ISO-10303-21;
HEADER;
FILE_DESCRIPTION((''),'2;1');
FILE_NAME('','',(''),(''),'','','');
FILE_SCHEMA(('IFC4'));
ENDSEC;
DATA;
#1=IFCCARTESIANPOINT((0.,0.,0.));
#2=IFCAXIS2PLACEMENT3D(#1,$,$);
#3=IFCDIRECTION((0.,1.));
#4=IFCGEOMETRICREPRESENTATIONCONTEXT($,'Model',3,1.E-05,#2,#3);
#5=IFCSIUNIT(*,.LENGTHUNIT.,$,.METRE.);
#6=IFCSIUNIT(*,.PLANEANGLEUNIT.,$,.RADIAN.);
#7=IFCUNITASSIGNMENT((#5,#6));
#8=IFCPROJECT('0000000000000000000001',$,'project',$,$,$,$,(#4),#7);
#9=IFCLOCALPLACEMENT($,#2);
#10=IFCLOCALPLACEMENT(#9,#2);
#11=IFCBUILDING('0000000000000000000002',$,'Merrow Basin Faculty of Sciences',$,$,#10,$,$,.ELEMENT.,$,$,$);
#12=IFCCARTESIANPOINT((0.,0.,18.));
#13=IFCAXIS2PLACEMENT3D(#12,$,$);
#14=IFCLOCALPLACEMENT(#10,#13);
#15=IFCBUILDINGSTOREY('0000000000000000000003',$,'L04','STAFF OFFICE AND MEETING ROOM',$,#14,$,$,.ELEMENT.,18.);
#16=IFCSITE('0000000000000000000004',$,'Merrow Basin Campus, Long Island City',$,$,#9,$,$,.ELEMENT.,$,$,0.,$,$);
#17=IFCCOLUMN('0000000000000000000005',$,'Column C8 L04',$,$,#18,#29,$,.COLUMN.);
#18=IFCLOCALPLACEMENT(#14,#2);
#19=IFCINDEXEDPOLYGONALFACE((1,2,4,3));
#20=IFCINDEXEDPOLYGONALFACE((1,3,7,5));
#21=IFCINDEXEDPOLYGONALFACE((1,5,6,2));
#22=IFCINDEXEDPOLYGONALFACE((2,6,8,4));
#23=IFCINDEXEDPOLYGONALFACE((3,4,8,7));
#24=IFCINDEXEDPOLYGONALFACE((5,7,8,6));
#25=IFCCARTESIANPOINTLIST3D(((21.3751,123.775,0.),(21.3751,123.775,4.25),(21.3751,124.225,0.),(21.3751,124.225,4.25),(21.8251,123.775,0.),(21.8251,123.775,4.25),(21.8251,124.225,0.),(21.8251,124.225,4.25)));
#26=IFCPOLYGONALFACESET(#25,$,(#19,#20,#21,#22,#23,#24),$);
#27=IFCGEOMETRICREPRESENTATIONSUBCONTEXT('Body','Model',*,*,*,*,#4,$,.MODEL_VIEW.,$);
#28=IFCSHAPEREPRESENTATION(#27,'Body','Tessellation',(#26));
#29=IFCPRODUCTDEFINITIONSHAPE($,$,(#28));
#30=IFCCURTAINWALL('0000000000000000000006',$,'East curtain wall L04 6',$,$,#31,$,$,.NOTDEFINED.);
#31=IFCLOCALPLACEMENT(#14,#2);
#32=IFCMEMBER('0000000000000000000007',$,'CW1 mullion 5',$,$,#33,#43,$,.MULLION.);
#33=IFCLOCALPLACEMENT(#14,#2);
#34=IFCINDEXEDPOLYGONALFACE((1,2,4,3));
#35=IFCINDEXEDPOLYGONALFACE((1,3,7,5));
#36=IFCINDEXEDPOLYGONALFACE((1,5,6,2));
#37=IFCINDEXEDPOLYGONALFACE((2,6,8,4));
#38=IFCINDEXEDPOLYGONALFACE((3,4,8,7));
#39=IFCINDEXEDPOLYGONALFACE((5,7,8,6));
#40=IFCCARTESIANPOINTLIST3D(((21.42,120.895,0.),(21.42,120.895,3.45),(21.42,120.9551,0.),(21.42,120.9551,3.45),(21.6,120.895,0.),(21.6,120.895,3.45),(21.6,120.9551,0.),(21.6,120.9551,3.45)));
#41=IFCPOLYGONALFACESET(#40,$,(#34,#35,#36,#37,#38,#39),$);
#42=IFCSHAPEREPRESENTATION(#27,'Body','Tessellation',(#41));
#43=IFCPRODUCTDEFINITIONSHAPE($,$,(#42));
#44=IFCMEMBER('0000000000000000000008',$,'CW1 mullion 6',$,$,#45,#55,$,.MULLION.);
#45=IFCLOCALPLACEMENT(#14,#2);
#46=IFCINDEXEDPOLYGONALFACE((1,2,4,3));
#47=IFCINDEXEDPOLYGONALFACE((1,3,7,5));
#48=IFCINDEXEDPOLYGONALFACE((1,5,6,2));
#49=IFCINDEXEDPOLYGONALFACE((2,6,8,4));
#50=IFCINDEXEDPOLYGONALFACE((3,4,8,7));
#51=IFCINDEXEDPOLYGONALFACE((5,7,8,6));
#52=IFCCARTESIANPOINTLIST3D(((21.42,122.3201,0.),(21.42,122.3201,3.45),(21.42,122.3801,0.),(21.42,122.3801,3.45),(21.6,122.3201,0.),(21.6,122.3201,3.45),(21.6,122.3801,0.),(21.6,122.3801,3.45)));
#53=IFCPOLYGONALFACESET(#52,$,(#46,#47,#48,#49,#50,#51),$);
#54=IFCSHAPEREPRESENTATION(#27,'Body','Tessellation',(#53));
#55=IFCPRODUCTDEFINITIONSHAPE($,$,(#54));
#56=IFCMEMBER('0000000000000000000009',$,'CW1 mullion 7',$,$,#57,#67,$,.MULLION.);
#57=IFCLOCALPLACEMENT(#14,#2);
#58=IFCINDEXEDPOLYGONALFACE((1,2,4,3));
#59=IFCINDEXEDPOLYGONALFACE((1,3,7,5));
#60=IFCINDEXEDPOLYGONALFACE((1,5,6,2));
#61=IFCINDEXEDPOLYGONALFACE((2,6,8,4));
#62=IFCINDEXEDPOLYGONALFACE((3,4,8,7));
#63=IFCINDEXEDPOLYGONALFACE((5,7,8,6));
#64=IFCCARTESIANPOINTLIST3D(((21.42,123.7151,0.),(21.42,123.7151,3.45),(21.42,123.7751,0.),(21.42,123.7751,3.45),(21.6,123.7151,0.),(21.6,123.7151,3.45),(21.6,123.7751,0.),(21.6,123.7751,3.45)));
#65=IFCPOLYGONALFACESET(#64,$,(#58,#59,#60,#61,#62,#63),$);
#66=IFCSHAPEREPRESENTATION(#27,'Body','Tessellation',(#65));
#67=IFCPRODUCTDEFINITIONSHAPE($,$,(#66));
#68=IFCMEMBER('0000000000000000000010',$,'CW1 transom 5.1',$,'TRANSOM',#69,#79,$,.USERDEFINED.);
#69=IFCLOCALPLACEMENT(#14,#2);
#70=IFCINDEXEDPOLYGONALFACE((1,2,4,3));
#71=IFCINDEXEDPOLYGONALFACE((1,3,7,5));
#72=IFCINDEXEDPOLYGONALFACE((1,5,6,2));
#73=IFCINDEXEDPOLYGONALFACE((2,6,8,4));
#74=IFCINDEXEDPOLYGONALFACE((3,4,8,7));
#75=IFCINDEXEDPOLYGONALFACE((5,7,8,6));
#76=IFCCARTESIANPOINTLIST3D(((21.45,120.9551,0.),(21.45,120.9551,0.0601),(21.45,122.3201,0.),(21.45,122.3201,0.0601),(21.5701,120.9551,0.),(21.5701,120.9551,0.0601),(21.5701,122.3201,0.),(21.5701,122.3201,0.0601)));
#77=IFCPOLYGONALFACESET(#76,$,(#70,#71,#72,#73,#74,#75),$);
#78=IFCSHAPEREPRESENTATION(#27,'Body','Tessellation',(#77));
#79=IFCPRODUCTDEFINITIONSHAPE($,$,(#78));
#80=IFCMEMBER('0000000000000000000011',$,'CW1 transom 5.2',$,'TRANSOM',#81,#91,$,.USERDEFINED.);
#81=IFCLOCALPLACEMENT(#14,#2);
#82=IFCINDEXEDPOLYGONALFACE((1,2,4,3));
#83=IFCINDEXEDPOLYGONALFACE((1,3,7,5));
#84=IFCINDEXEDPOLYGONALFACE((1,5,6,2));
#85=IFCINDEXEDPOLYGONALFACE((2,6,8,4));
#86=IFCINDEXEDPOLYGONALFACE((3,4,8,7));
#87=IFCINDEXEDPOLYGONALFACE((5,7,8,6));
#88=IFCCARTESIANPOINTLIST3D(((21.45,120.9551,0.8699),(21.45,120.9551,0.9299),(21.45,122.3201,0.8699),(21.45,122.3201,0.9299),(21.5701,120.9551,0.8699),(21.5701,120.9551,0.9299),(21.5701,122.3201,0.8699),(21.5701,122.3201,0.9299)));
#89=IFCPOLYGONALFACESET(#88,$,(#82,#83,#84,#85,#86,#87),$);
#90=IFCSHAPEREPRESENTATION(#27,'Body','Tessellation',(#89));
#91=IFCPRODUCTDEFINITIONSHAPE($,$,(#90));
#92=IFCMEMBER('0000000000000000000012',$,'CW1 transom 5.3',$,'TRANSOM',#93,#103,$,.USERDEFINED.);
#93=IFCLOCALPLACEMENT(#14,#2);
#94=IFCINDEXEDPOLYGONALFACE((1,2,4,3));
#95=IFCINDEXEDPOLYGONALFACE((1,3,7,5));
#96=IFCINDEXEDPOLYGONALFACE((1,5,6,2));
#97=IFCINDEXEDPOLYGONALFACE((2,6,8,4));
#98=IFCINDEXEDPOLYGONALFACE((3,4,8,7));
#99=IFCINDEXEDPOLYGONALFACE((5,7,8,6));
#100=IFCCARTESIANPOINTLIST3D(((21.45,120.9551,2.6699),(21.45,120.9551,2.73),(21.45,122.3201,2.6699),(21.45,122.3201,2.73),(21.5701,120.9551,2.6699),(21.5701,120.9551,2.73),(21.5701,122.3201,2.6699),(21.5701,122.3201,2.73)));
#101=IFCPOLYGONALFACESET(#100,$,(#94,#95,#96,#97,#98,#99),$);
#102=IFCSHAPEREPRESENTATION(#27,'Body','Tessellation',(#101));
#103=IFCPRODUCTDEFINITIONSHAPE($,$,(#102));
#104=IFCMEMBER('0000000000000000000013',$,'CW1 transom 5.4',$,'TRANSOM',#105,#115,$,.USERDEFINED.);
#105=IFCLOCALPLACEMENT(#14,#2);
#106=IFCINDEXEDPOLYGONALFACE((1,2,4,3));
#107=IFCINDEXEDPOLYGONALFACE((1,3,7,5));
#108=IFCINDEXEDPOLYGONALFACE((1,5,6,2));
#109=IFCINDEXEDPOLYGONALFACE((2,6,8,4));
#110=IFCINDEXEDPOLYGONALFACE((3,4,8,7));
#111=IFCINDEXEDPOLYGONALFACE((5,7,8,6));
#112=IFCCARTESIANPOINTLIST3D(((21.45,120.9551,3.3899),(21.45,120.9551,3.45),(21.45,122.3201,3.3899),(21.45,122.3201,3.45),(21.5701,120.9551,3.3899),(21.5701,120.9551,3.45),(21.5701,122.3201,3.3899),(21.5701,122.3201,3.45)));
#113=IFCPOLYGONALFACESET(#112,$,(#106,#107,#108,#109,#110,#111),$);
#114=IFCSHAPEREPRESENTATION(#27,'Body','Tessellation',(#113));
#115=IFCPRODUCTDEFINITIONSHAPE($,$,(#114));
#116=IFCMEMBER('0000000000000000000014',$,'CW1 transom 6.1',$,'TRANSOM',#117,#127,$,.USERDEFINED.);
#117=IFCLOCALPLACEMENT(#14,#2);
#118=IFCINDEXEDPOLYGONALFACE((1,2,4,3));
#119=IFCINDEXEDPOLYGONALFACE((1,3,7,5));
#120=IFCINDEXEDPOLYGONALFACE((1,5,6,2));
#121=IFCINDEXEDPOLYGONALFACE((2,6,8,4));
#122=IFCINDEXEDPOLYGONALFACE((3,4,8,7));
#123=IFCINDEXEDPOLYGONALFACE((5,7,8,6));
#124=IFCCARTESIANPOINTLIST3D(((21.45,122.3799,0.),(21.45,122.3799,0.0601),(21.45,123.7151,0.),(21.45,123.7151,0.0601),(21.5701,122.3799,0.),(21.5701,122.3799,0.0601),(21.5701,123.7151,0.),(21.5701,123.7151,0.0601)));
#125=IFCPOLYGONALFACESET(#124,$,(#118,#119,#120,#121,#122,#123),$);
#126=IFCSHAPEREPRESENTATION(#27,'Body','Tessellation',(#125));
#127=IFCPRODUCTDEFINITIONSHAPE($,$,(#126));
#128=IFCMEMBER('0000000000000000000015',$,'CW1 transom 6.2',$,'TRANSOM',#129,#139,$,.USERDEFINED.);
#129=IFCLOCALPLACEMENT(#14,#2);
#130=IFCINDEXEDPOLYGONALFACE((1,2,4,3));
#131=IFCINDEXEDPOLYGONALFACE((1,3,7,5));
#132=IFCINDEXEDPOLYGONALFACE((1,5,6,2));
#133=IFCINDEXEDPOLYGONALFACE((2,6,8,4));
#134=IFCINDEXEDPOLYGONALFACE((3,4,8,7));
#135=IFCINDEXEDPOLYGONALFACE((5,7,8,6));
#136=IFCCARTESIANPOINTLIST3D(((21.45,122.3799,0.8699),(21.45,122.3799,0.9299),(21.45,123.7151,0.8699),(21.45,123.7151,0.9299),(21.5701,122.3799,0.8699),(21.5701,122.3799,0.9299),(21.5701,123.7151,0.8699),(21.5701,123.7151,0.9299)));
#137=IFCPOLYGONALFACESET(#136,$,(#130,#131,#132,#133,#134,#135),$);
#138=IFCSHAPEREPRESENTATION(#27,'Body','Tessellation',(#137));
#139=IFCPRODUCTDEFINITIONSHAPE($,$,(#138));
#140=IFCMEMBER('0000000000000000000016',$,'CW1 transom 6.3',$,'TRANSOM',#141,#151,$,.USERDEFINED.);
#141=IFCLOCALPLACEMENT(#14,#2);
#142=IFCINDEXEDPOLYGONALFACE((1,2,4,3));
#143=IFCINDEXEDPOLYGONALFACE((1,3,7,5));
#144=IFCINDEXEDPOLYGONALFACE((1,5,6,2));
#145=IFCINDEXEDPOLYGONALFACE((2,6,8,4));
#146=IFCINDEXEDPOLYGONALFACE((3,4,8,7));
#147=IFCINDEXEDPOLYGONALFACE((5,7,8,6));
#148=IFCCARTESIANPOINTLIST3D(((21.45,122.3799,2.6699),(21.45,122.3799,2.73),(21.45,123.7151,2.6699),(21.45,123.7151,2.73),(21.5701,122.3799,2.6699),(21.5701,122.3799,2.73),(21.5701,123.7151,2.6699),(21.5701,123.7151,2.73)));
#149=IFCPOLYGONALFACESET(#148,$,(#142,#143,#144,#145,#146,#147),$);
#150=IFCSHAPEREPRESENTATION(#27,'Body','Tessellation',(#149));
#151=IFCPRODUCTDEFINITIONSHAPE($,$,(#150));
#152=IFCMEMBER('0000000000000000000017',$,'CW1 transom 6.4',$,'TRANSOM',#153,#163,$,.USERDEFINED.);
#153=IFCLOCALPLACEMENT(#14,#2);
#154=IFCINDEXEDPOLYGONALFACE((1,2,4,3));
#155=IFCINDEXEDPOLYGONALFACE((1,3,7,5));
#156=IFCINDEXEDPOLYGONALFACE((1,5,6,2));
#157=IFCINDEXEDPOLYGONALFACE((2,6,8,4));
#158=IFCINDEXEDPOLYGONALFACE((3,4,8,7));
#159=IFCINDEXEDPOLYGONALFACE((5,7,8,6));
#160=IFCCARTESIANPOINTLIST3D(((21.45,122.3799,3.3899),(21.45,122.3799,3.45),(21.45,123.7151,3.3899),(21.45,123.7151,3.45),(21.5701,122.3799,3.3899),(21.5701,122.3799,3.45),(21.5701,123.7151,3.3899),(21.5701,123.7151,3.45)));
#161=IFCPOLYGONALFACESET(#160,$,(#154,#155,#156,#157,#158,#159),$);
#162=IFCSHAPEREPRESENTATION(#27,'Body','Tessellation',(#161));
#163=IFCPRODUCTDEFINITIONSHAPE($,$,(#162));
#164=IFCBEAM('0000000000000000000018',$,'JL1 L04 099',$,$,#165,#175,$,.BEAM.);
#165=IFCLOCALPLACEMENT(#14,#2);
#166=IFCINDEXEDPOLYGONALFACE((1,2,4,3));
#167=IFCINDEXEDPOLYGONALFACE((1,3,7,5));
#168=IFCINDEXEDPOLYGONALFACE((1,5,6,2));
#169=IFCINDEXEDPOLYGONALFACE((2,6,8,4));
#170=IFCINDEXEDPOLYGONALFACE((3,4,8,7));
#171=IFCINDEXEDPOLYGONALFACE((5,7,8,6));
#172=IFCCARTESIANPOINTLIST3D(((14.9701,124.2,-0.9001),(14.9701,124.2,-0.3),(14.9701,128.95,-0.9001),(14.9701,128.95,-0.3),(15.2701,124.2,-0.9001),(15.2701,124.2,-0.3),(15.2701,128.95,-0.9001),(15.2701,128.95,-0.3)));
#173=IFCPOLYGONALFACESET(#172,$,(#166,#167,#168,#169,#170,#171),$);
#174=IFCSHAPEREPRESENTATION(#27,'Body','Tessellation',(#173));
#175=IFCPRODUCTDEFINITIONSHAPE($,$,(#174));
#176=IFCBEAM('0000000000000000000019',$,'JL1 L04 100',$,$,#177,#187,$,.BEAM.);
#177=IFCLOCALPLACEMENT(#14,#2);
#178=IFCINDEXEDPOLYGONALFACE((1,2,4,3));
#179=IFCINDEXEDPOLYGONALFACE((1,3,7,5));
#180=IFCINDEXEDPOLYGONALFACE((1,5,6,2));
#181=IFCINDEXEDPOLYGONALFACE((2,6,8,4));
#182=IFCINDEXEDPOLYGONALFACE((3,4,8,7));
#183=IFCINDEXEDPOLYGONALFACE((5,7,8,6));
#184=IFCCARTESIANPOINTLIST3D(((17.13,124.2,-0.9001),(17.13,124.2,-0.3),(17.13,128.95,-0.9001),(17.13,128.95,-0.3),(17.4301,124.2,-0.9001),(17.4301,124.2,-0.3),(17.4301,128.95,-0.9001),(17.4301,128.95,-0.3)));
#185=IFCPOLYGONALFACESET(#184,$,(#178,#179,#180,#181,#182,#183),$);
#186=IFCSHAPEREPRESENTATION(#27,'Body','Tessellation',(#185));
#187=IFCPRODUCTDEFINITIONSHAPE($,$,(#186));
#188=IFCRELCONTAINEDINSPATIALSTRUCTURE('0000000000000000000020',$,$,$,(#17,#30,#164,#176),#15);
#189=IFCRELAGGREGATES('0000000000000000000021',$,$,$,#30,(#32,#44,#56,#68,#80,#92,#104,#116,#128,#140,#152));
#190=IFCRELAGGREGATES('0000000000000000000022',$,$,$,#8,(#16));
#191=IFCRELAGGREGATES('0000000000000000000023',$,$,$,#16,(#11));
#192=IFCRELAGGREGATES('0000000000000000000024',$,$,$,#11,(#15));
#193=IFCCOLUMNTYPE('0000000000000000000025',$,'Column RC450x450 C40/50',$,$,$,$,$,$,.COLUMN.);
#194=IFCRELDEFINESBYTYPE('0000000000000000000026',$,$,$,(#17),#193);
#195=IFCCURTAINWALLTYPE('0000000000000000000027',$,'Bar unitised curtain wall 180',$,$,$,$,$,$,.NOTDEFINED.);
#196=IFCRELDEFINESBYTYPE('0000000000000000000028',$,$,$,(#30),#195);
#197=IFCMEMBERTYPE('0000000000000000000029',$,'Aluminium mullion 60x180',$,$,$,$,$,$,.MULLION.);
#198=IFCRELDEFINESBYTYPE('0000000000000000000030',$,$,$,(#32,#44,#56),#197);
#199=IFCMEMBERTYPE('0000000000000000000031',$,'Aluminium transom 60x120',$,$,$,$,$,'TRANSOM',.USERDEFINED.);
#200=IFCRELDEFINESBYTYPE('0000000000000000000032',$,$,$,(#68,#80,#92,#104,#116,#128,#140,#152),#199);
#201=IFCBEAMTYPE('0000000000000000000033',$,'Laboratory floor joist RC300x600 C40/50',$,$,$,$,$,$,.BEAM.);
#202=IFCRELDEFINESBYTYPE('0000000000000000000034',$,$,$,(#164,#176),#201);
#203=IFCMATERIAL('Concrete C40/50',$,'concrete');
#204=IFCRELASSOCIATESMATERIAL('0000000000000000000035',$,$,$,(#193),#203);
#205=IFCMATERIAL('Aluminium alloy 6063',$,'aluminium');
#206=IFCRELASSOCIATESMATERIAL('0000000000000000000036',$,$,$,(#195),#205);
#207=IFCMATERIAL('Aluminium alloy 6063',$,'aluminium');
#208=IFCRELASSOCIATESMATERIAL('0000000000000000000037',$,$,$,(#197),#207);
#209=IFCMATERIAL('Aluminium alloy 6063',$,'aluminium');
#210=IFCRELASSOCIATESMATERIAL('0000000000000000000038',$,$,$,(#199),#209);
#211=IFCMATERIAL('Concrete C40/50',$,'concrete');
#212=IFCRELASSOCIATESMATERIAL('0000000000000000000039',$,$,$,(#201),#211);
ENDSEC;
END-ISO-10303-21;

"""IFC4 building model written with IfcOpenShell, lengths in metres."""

from ifc_helpers import new_model, si_unit, direction, frame, origin, origin_2d, place, context, subcontext, project, spatial, rectangle, extrude, material, material_profile, profile_set, type_object, element, aggregate, save


model = new_model("IFC4")

# Units and contexts
model_context = context("Model", 3, precision=1e-05, world=origin(), true_north=direction((0.0, 1.0)))
body_context = subcontext(model_context, "Body", "Model", "MODEL_VIEW")
ifc_project = project(units=[si_unit("LENGTHUNIT", "METRE"), si_unit("PLANEANGLEUNIT", "RADIAN")], contexts=[model_context])

# Site, building, storey
site_placement = place(None, origin())
site = spatial("IfcSite", under=ifc_project, at=site_placement, Name="Merrow Basin Campus, Long Island City", CompositionType="ELEMENT", RefElevation=0.0)
building_placement = place(site_placement, origin())
building = spatial("IfcBuilding", under=site, at=building_placement, Name="Merrow Basin Faculty of Sciences", CompositionType="ELEMENT")
storey_placement = place(building_placement, frame((0.0, 0.0, 18.0)))
storey = spatial("IfcBuildingStorey", under=building, at=storey_placement, Name="L04", Description="STAFF OFFICE AND MEETING ROOM", CompositionType="ELEMENT", Elevation=18.0)

# Column
ifc_material_1 = material(Name="Concrete C40/50", Category="concrete")
ifc_material_profile_1 = material_profile(ifc_material_1, rectangle(XDim=0.45, YDim=0.45, at=origin_2d()))
ifc_profile_set_1 = profile_set([ifc_material_profile_1], Name="Concrete C40/50")
column_type = type_object("IfcColumnType", Name="Column RC450x450 C40/50", PredefinedType="COLUMN", material=ifc_profile_set_1)
column_placement = place(storey_placement, frame((21.6001, 124.0, 0.0), z_axis=(0.0, 0.0, 1.0), x_axis=(1.0, 0.0, 0.0)))
element("IfcColumn", 1, at=column_placement, inside=storey, type_object=column_type, Name="Column C8 L04", PredefinedType="COLUMN", context=body_context, shape_type="SweptSolid", body=[
    extrude(rectangle(XDim=0.45, YDim=0.45, at=origin_2d()), origin(), (0.0, 0.0, 1.0), 4.25),
])

# Curtain wall, members
ifc_material_2 = material(Name="Aluminium alloy 6063", Category="aluminium")
curtain_wall_type = type_object("IfcCurtainWallType", Name="Bar unitised curtain wall 180", PredefinedType="NOTDEFINED", material=ifc_material_2)
curtain_wall_placement = place(storey_placement, origin())
curtain_wall = element("IfcCurtainWall", 2, at=curtain_wall_placement, inside=storey, type_object=curtain_wall_type, Name="East curtain wall L04 6", PredefinedType="NOTDEFINED")
ifc_material_3 = material(Name="Aluminium alloy 6063", Category="aluminium")
ifc_material_profile_2 = material_profile(ifc_material_3, rectangle(XDim=0.1799, YDim=0.0601, at=origin_2d()))
ifc_profile_set_2 = profile_set([ifc_material_profile_2], Name="Aluminium alloy 6063")
member_type_1 = type_object("IfcMemberType", Name="Aluminium mullion 60x180", PredefinedType="MULLION", material=ifc_profile_set_2)
member_1_placement = place(storey_placement, frame((21.51, 120.925, 0.0), z_axis=(0.0, 0.0, 1.0), x_axis=(-1.0, 0.0, 0.0)))
member_1 = element("IfcMember", 3, at=member_1_placement, type_object=member_type_1, Name="CW1 mullion 5", PredefinedType="MULLION", context=body_context, shape_type="SweptSolid", body=[
    extrude(rectangle(XDim=0.1799, YDim=0.0601, at=origin_2d()), origin(), (0.0, 0.0, 1.0), 3.45),
])
member_2_placement = place(storey_placement, frame((21.51, 122.3501, 0.0), z_axis=(0.0, 0.0, 1.0), x_axis=(-1.0, 0.0, 0.0)))
member_2 = element("IfcMember", 4, at=member_2_placement, type_object=member_type_1, Name="CW1 mullion 6", PredefinedType="MULLION", context=body_context, shape_type="SweptSolid", body=[
    extrude(rectangle(XDim=0.1799, YDim=0.0601, at=origin_2d()), origin(), (0.0, 0.0, 1.0), 3.45),
])
member_3_placement = place(storey_placement, frame((21.51, 123.7451, 0.0), z_axis=(0.0, 0.0, 1.0), x_axis=(-1.0, 0.0, 0.0)))
member_3 = element("IfcMember", 5, at=member_3_placement, type_object=member_type_1, Name="CW1 mullion 7", PredefinedType="MULLION", context=body_context, shape_type="SweptSolid", body=[
    extrude(rectangle(XDim=0.1799, YDim=0.0601, at=origin_2d()), origin(), (0.0, 0.0, 1.0), 3.45),
])
ifc_material_4 = material(Name="Aluminium alloy 6063", Category="aluminium")
ifc_material_profile_3 = material_profile(ifc_material_4, rectangle(XDim=0.1201, YDim=0.0601, at=origin_2d()))
ifc_profile_set_3 = profile_set([ifc_material_profile_3], Name="Aluminium alloy 6063")
member_type_2 = type_object("IfcMemberType", Name="Aluminium transom 60x120", ElementType="TRANSOM", PredefinedType="USERDEFINED", material=ifc_profile_set_3)
member_4_placement = place(storey_placement, frame((21.51, 120.9551, 0.03), z_axis=(0.0, 1.0, 0.0), x_axis=(-1.0, 0.0, 0.0)))
member_4 = element("IfcMember", 6, at=member_4_placement, type_object=member_type_2, Name="CW1 transom 5.1", ObjectType="TRANSOM", PredefinedType="USERDEFINED", context=body_context, shape_type="SweptSolid", body=[
    extrude(rectangle(XDim=0.1201, YDim=0.0601, at=origin_2d()), origin(), (0.0, 0.0, 1.0), 1.365),
])
member_5_placement = place(storey_placement, frame((21.51, 120.9551, 0.8999), z_axis=(0.0, 1.0, 0.0), x_axis=(-1.0, 0.0, 0.0)))
member_5 = element("IfcMember", 7, at=member_5_placement, type_object=member_type_2, Name="CW1 transom 5.2", ObjectType="TRANSOM", PredefinedType="USERDEFINED", context=body_context, shape_type="SweptSolid", body=[
    extrude(rectangle(XDim=0.1201, YDim=0.0601, at=origin_2d()), origin(), (0.0, 0.0, 1.0), 1.365),
])
member_6_placement = place(storey_placement, frame((21.51, 120.9551, 2.7), z_axis=(0.0, 1.0, 0.0), x_axis=(-1.0, 0.0, 0.0)))
member_6 = element("IfcMember", 8, at=member_6_placement, type_object=member_type_2, Name="CW1 transom 5.3", ObjectType="TRANSOM", PredefinedType="USERDEFINED", context=body_context, shape_type="SweptSolid", body=[
    extrude(rectangle(XDim=0.1201, YDim=0.0601, at=origin_2d()), origin(), (0.0, 0.0, 1.0), 1.365),
])
member_7_placement = place(storey_placement, frame((21.51, 120.9551, 3.4199), z_axis=(0.0, 1.0, 0.0), x_axis=(-1.0, 0.0, 0.0)))
member_7 = element("IfcMember", 9, at=member_7_placement, type_object=member_type_2, Name="CW1 transom 5.4", ObjectType="TRANSOM", PredefinedType="USERDEFINED", context=body_context, shape_type="SweptSolid", body=[
    extrude(rectangle(XDim=0.1201, YDim=0.0601, at=origin_2d()), origin(), (0.0, 0.0, 1.0), 1.365),
])
member_8_placement = place(storey_placement, frame((21.51, 122.3799, 0.03), z_axis=(0.0, 1.0, 0.0), x_axis=(-1.0, 0.0, 0.0)))
member_8 = element("IfcMember", 10, at=member_8_placement, type_object=member_type_2, Name="CW1 transom 6.1", ObjectType="TRANSOM", PredefinedType="USERDEFINED", context=body_context, shape_type="SweptSolid", body=[
    extrude(rectangle(XDim=0.1201, YDim=0.0601, at=origin_2d()), origin(), (0.0, 0.0, 1.0), 1.3352),
])
member_9_placement = place(storey_placement, frame((21.51, 122.3799, 0.8999), z_axis=(0.0, 1.0, 0.0), x_axis=(-1.0, 0.0, 0.0)))
member_9 = element("IfcMember", 11, at=member_9_placement, type_object=member_type_2, Name="CW1 transom 6.2", ObjectType="TRANSOM", PredefinedType="USERDEFINED", context=body_context, shape_type="SweptSolid", body=[
    extrude(rectangle(XDim=0.1201, YDim=0.0601, at=origin_2d()), origin(), (0.0, 0.0, 1.0), 1.3352),
])
member_10_placement = place(storey_placement, frame((21.51, 122.3799, 2.7), z_axis=(0.0, 1.0, 0.0), x_axis=(-1.0, 0.0, 0.0)))
member_10 = element("IfcMember", 12, at=member_10_placement, type_object=member_type_2, Name="CW1 transom 6.3", ObjectType="TRANSOM", PredefinedType="USERDEFINED", context=body_context, shape_type="SweptSolid", body=[
    extrude(rectangle(XDim=0.1201, YDim=0.0601, at=origin_2d()), origin(), (0.0, 0.0, 1.0), 1.3352),
])
member_11_placement = place(storey_placement, frame((21.51, 122.3799, 3.4199), z_axis=(0.0, 1.0, 0.0), x_axis=(-1.0, 0.0, 0.0)))
member_11 = element("IfcMember", 13, at=member_11_placement, type_object=member_type_2, Name="CW1 transom 6.4", ObjectType="TRANSOM", PredefinedType="USERDEFINED", context=body_context, shape_type="SweptSolid", body=[
    extrude(rectangle(XDim=0.1201, YDim=0.0601, at=origin_2d()), origin(), (0.0, 0.0, 1.0), 1.3352),
])

# Beams
ifc_material_5 = material(Name="Concrete C40/50", Category="concrete")
ifc_material_profile_4 = material_profile(ifc_material_5, rectangle(XDim=0.3, YDim=0.6001, at=origin_2d()))
ifc_profile_set_4 = profile_set([ifc_material_profile_4], Name="Concrete C40/50")
beam_type = type_object("IfcBeamType", Name="Laboratory floor joist RC300x600 C40/50", PredefinedType="BEAM", material=ifc_profile_set_4)
for number, where, z_axis, x_axis, name in (
    (14, (15.1201, 124.2, -0.6001), (0.0, 1.0, 0.0), (-1.0, 0.0, 0.0), "JL1 L04 099"),
    (15, (17.28, 124.2, -0.6001), (0.0, 1.0, 0.0), (-1.0, 0.0, 0.0), "JL1 L04 100"),
):
    element("IfcBeam", number, at=place(storey_placement, frame(where, z_axis=z_axis, x_axis=x_axis)), inside=storey, type_object=beam_type, Name=name, PredefinedType="BEAM", context=body_context, shape_type="SweptSolid", body=[
        extrude(rectangle(XDim=0.3, YDim=0.6001, at=origin_2d()), origin(), (0.0, 0.0, 1.0), 4.75),
    ])

aggregate(curtain_wall, [member_1, member_2, member_3, member_4, member_5, member_6, member_7, member_8, member_9, member_10, member_11])

save(model, "model.ifc")
